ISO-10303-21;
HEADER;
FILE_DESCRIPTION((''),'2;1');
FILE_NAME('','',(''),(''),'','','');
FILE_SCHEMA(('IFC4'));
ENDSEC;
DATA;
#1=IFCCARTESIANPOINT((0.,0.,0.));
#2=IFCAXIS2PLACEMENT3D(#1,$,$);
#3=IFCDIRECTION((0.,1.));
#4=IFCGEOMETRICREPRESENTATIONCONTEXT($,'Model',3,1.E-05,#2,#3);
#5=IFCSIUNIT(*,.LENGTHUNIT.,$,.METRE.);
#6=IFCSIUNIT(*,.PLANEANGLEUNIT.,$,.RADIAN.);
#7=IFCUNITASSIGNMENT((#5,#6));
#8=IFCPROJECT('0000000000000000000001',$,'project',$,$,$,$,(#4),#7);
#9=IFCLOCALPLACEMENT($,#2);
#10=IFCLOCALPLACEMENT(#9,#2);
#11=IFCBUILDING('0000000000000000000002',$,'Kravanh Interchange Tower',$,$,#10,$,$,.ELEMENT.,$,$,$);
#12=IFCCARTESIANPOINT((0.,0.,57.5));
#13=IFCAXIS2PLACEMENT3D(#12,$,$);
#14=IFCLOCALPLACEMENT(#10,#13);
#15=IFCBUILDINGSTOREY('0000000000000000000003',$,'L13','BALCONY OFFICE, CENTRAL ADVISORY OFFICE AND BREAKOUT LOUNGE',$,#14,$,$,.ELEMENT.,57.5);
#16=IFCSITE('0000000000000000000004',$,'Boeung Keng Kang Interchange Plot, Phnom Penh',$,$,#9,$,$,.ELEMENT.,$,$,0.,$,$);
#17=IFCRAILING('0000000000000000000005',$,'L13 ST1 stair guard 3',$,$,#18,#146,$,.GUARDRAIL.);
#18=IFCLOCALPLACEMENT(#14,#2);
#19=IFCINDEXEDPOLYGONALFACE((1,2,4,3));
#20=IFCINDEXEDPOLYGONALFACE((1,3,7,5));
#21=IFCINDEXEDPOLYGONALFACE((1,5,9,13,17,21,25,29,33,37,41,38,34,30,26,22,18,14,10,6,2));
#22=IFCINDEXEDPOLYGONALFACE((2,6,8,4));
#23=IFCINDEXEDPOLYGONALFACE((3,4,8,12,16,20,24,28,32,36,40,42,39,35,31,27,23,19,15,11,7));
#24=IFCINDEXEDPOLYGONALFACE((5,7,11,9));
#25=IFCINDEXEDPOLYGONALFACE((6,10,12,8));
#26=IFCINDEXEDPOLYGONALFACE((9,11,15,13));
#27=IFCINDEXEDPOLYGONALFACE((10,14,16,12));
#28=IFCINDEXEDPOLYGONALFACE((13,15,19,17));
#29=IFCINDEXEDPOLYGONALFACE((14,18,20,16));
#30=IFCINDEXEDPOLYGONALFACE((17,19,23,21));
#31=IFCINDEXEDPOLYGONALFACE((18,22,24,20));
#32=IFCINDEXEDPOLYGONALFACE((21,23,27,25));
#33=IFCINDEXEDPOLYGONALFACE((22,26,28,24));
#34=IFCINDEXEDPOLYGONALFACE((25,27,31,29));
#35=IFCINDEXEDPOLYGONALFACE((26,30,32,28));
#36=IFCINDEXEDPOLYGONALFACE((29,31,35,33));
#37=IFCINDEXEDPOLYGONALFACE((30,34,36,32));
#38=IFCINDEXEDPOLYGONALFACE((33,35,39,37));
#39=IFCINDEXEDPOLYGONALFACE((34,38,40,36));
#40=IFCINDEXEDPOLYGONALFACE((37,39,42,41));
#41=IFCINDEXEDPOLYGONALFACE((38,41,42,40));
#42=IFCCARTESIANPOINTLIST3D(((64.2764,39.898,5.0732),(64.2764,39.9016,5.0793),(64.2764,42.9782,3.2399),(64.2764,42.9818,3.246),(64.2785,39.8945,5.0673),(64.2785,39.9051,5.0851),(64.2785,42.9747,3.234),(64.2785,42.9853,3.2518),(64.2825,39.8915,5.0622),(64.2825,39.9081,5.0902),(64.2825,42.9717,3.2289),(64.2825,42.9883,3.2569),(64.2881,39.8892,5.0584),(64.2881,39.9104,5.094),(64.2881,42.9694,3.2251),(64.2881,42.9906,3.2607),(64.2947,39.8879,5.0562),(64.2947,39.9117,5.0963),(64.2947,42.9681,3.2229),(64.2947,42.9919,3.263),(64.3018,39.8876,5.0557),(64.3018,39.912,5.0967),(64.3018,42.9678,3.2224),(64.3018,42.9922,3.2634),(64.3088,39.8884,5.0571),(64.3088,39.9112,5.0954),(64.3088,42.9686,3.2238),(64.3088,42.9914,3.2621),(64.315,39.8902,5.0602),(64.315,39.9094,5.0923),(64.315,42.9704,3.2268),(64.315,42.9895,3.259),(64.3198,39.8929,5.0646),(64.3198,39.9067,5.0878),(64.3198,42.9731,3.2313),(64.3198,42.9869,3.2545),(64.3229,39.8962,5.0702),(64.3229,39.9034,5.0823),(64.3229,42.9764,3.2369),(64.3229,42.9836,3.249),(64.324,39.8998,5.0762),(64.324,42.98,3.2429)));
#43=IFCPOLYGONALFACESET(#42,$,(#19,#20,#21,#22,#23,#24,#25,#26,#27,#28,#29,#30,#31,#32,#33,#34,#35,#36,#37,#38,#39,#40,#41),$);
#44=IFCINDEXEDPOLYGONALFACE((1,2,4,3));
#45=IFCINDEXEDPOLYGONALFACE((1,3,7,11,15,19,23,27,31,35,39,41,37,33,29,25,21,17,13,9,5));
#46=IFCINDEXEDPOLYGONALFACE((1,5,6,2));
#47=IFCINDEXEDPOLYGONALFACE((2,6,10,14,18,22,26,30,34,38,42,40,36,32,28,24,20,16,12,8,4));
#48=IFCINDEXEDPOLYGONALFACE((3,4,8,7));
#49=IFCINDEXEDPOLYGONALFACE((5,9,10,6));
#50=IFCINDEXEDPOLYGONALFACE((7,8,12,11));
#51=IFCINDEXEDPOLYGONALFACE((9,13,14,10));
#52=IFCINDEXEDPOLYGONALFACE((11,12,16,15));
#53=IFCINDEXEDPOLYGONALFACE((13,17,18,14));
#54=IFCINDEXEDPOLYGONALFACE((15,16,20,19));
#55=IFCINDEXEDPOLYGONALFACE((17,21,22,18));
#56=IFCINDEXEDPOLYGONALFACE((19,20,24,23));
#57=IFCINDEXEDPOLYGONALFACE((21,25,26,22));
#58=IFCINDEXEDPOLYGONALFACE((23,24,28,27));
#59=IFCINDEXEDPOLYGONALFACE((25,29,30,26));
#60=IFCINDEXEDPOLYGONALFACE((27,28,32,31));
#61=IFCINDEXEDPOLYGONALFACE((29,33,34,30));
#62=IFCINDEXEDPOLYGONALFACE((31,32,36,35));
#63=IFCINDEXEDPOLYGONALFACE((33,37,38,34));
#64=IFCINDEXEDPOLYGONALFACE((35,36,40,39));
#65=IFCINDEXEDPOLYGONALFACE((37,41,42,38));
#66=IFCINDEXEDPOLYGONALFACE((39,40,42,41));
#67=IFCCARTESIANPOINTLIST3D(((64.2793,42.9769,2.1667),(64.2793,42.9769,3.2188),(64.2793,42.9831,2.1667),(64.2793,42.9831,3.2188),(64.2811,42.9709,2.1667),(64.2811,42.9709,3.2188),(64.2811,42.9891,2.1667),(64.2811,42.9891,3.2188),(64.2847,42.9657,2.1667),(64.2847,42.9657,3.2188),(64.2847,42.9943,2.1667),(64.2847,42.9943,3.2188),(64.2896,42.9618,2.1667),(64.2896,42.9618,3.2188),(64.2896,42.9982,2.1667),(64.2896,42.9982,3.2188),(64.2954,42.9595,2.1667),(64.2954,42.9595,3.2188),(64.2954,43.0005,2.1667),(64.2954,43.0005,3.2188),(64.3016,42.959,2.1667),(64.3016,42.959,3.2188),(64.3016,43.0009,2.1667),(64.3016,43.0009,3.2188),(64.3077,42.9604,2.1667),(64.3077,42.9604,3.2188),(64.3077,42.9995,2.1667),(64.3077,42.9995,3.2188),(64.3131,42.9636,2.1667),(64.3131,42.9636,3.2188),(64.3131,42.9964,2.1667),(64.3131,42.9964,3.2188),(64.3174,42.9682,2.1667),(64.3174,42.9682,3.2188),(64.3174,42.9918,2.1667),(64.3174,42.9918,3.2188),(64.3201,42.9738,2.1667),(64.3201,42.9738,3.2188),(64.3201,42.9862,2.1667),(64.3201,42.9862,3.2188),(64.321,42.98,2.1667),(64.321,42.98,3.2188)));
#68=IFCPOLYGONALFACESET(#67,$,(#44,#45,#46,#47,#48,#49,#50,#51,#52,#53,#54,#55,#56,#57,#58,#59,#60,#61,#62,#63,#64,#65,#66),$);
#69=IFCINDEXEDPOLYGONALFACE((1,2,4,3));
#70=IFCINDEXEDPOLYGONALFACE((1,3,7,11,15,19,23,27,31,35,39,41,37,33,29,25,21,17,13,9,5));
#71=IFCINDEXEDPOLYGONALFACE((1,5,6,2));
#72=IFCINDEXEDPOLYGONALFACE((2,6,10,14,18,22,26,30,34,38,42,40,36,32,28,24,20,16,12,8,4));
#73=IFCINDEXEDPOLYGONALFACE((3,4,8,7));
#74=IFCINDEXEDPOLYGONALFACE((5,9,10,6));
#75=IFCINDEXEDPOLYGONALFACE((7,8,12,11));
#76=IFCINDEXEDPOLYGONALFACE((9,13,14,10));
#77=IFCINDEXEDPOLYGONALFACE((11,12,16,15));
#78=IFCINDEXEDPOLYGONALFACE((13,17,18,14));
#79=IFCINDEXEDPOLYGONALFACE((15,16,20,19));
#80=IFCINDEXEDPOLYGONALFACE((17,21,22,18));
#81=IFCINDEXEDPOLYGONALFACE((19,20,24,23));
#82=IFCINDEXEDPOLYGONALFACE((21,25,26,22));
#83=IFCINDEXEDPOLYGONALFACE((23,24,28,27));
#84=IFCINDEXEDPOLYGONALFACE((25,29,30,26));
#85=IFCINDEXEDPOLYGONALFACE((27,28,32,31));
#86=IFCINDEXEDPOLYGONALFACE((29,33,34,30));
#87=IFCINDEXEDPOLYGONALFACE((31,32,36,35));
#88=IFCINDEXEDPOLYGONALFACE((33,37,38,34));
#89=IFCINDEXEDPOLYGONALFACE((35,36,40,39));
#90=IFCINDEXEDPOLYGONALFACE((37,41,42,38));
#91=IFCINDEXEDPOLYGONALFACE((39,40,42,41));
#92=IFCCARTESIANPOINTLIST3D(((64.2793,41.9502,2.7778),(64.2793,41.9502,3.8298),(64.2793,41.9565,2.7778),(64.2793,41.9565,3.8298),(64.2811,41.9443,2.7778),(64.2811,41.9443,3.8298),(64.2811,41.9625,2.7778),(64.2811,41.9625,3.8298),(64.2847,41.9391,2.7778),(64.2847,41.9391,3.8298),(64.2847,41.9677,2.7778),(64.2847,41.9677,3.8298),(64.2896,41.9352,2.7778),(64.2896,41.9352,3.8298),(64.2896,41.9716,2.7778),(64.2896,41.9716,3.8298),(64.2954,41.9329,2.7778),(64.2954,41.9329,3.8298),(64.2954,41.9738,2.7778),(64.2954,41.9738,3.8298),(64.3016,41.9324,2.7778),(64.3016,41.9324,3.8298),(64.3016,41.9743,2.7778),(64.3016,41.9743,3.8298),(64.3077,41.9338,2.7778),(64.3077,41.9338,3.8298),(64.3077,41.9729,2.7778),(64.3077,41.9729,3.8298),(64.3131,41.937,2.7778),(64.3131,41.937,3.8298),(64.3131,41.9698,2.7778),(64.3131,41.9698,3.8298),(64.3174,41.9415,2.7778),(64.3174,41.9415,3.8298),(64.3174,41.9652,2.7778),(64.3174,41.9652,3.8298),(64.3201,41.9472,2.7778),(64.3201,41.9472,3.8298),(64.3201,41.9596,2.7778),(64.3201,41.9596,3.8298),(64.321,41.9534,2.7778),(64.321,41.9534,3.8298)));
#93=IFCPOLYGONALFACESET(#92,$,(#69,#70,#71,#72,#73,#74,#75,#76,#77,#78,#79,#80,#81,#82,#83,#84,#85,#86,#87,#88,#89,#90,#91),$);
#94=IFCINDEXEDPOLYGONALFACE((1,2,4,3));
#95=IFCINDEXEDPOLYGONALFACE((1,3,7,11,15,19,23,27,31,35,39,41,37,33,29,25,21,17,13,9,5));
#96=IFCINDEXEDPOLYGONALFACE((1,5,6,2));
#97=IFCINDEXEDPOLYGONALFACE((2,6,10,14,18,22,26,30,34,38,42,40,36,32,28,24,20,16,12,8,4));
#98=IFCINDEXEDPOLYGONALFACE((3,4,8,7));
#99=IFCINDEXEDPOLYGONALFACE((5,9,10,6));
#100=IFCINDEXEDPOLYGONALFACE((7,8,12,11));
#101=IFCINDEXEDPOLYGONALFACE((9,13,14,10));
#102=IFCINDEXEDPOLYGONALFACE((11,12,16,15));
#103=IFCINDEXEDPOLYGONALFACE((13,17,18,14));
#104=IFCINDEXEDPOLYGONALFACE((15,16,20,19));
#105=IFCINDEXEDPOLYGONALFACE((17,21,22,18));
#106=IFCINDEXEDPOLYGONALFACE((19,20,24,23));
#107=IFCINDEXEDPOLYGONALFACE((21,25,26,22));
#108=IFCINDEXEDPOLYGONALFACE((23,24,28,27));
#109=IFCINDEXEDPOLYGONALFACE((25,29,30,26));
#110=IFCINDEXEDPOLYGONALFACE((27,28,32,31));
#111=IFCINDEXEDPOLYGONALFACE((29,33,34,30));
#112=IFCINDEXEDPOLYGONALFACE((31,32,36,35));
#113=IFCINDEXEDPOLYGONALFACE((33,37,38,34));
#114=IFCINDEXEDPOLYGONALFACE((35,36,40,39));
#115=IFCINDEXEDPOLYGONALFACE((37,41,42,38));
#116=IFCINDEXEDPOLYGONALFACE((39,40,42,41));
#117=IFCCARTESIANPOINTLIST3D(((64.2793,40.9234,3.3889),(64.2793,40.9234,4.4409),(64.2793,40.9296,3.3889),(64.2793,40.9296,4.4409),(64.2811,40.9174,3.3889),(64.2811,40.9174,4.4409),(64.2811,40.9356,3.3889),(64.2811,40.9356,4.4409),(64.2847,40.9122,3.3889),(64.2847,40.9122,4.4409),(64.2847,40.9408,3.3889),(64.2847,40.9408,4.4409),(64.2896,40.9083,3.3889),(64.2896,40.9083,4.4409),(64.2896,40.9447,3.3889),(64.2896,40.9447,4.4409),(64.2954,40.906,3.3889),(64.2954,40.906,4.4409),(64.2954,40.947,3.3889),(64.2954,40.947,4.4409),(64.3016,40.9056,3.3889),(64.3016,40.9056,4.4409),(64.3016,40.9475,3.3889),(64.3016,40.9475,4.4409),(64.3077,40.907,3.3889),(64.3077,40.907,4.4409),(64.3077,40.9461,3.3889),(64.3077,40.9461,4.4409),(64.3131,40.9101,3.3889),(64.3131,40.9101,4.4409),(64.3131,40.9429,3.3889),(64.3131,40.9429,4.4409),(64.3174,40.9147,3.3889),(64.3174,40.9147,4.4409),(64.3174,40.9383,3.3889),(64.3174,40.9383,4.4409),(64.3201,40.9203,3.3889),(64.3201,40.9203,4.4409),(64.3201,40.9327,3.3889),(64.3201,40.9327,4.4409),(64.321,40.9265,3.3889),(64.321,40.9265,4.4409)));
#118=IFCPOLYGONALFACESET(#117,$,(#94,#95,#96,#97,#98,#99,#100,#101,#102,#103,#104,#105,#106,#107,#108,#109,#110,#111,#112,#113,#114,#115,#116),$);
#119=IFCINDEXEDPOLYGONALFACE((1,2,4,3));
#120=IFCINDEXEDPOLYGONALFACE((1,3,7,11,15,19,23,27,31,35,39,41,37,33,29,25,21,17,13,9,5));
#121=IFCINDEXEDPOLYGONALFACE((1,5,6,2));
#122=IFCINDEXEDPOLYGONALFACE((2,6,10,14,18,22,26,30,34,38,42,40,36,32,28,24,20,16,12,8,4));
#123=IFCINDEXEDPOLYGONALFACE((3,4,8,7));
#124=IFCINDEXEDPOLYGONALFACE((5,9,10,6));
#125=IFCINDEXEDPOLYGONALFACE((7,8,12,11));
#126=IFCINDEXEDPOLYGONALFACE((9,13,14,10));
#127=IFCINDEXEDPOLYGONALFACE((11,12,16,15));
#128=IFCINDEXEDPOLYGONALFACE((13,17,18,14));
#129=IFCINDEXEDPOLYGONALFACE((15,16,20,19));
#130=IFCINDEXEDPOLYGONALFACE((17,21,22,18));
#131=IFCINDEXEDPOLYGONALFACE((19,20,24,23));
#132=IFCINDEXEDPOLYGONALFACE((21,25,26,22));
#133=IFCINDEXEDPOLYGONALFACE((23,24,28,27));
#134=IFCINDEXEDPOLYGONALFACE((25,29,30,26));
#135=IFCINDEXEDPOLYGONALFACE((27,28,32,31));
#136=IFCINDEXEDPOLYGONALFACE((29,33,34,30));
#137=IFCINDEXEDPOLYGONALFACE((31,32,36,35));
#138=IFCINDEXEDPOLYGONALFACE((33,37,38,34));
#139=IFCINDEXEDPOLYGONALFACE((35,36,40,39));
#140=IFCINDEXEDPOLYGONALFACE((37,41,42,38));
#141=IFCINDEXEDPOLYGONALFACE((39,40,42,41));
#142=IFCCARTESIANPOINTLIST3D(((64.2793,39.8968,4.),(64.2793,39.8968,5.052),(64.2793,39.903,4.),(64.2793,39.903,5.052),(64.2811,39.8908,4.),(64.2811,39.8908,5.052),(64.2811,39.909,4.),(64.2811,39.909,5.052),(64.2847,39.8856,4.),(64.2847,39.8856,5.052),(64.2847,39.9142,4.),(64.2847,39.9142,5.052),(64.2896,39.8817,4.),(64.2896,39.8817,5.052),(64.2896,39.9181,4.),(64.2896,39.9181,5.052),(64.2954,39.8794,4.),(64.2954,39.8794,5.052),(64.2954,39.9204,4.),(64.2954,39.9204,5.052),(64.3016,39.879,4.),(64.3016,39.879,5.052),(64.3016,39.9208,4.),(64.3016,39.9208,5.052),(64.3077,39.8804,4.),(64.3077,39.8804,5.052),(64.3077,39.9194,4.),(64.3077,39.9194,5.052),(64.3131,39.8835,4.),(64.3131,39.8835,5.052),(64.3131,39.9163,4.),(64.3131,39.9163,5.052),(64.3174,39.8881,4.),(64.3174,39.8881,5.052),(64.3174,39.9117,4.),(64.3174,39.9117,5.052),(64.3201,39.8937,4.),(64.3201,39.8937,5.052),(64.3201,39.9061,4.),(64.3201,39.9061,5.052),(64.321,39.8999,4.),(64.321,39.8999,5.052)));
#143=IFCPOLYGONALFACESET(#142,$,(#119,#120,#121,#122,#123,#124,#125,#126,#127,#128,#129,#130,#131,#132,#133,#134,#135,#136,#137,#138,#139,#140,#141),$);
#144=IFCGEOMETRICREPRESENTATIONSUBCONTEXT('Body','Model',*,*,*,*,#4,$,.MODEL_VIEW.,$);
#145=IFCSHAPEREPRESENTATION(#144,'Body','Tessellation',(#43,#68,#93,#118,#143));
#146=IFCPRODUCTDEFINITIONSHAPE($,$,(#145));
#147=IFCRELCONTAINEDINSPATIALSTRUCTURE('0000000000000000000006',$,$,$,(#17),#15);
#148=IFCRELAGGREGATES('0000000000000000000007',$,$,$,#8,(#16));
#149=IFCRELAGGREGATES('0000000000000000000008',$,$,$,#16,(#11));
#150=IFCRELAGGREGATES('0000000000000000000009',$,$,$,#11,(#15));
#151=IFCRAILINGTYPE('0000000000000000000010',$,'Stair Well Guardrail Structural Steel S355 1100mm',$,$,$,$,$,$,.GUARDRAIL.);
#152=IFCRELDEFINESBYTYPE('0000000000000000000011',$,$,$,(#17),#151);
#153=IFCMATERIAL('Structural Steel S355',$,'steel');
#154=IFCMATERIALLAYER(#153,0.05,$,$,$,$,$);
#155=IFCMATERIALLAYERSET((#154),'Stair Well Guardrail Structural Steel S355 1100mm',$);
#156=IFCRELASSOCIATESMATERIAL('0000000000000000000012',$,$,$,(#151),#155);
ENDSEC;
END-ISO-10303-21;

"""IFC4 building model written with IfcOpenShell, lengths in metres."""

from ifc_helpers import new_model, si_unit, direction, frame, origin, origin_2d, place, context, subcontext, project, spatial, circle, extrude, material, layer, layer_set, type_object, element, save


model = new_model("IFC4")

# Units and contexts
model_context = context("Model", 3, precision=1e-05, world=origin(), true_north=direction((0.0, 1.0)))
body_context = subcontext(model_context, "Body", "Model", "MODEL_VIEW")
ifc_project = project(units=[si_unit("LENGTHUNIT", "METRE"), si_unit("PLANEANGLEUNIT", "RADIAN")], contexts=[model_context])

# Site, building, storey
site_placement = place(None, origin())
site = spatial("IfcSite", under=ifc_project, at=site_placement, Name="Boeung Keng Kang Interchange Plot, Phnom Penh", CompositionType="ELEMENT", RefElevation=0.0)
building_placement = place(site_placement, origin())
building = spatial("IfcBuilding", under=site, at=building_placement, Name="Kravanh Interchange Tower", CompositionType="ELEMENT")
storey_placement = place(building_placement, frame((0.0, 0.0, 57.5)))
storey = spatial("IfcBuildingStorey", under=building, at=storey_placement, Name="L13", Description="BALCONY OFFICE, CENTRAL ADVISORY OFFICE AND BREAKOUT LOUNGE", CompositionType="ELEMENT", Elevation=57.5)

# Railing
ifc_material_1 = material(Name="Structural Steel S355", Category="steel")
ifc_layer_1 = layer(ifc_material_1, 0.05)
ifc_layer_set_1 = layer_set([ifc_layer_1], Name="Stair Well Guardrail Structural Steel S355 1100mm")
railing_type_1 = type_object("IfcRailingType", Name="Stair Well Guardrail Structural Steel S355 1100mm", PredefinedType="GUARDRAIL", material=ifc_layer_set_1)
railing_1_placement = place(storey_placement, frame((64.3, 42.98, 2.1667)))
element("IfcRailing", 1, at=railing_1_placement, inside=storey, type_object=railing_type_1, Name="L13 ST1 stair guard 3", PredefinedType="GUARDRAIL", context=body_context, shape_type="SweptSolid", body=[
    extrude(circle(Radius=0.0239, at=origin_2d()), frame((0.0, 0.0, 1.0762), z_axis=(0.0, -0.859309, 0.511458), x_axis=(1.0, 0.0, 0.0)), (0.0, 0.0, 1.0), 3.5845),
    extrude(circle(Radius=0.021, at=origin_2d()), origin(), (0.0, 0.0, 1.0), 1.052),
    extrude(circle(Radius=0.021, at=origin_2d()), frame((0.0, -1.0266, 0.6111)), (0.0, 0.0, 1.0), 1.052),
    extrude(circle(Radius=0.021, at=origin_2d()), frame((0.0, -2.0535, 1.2222)), (0.0, 0.0, 1.0), 1.052),
    extrude(circle(Radius=0.021, at=origin_2d()), frame((0.0, -3.0801, 1.8333)), (0.0, 0.0, 1.0), 1.052),
])

save(model, "model.ifc")
